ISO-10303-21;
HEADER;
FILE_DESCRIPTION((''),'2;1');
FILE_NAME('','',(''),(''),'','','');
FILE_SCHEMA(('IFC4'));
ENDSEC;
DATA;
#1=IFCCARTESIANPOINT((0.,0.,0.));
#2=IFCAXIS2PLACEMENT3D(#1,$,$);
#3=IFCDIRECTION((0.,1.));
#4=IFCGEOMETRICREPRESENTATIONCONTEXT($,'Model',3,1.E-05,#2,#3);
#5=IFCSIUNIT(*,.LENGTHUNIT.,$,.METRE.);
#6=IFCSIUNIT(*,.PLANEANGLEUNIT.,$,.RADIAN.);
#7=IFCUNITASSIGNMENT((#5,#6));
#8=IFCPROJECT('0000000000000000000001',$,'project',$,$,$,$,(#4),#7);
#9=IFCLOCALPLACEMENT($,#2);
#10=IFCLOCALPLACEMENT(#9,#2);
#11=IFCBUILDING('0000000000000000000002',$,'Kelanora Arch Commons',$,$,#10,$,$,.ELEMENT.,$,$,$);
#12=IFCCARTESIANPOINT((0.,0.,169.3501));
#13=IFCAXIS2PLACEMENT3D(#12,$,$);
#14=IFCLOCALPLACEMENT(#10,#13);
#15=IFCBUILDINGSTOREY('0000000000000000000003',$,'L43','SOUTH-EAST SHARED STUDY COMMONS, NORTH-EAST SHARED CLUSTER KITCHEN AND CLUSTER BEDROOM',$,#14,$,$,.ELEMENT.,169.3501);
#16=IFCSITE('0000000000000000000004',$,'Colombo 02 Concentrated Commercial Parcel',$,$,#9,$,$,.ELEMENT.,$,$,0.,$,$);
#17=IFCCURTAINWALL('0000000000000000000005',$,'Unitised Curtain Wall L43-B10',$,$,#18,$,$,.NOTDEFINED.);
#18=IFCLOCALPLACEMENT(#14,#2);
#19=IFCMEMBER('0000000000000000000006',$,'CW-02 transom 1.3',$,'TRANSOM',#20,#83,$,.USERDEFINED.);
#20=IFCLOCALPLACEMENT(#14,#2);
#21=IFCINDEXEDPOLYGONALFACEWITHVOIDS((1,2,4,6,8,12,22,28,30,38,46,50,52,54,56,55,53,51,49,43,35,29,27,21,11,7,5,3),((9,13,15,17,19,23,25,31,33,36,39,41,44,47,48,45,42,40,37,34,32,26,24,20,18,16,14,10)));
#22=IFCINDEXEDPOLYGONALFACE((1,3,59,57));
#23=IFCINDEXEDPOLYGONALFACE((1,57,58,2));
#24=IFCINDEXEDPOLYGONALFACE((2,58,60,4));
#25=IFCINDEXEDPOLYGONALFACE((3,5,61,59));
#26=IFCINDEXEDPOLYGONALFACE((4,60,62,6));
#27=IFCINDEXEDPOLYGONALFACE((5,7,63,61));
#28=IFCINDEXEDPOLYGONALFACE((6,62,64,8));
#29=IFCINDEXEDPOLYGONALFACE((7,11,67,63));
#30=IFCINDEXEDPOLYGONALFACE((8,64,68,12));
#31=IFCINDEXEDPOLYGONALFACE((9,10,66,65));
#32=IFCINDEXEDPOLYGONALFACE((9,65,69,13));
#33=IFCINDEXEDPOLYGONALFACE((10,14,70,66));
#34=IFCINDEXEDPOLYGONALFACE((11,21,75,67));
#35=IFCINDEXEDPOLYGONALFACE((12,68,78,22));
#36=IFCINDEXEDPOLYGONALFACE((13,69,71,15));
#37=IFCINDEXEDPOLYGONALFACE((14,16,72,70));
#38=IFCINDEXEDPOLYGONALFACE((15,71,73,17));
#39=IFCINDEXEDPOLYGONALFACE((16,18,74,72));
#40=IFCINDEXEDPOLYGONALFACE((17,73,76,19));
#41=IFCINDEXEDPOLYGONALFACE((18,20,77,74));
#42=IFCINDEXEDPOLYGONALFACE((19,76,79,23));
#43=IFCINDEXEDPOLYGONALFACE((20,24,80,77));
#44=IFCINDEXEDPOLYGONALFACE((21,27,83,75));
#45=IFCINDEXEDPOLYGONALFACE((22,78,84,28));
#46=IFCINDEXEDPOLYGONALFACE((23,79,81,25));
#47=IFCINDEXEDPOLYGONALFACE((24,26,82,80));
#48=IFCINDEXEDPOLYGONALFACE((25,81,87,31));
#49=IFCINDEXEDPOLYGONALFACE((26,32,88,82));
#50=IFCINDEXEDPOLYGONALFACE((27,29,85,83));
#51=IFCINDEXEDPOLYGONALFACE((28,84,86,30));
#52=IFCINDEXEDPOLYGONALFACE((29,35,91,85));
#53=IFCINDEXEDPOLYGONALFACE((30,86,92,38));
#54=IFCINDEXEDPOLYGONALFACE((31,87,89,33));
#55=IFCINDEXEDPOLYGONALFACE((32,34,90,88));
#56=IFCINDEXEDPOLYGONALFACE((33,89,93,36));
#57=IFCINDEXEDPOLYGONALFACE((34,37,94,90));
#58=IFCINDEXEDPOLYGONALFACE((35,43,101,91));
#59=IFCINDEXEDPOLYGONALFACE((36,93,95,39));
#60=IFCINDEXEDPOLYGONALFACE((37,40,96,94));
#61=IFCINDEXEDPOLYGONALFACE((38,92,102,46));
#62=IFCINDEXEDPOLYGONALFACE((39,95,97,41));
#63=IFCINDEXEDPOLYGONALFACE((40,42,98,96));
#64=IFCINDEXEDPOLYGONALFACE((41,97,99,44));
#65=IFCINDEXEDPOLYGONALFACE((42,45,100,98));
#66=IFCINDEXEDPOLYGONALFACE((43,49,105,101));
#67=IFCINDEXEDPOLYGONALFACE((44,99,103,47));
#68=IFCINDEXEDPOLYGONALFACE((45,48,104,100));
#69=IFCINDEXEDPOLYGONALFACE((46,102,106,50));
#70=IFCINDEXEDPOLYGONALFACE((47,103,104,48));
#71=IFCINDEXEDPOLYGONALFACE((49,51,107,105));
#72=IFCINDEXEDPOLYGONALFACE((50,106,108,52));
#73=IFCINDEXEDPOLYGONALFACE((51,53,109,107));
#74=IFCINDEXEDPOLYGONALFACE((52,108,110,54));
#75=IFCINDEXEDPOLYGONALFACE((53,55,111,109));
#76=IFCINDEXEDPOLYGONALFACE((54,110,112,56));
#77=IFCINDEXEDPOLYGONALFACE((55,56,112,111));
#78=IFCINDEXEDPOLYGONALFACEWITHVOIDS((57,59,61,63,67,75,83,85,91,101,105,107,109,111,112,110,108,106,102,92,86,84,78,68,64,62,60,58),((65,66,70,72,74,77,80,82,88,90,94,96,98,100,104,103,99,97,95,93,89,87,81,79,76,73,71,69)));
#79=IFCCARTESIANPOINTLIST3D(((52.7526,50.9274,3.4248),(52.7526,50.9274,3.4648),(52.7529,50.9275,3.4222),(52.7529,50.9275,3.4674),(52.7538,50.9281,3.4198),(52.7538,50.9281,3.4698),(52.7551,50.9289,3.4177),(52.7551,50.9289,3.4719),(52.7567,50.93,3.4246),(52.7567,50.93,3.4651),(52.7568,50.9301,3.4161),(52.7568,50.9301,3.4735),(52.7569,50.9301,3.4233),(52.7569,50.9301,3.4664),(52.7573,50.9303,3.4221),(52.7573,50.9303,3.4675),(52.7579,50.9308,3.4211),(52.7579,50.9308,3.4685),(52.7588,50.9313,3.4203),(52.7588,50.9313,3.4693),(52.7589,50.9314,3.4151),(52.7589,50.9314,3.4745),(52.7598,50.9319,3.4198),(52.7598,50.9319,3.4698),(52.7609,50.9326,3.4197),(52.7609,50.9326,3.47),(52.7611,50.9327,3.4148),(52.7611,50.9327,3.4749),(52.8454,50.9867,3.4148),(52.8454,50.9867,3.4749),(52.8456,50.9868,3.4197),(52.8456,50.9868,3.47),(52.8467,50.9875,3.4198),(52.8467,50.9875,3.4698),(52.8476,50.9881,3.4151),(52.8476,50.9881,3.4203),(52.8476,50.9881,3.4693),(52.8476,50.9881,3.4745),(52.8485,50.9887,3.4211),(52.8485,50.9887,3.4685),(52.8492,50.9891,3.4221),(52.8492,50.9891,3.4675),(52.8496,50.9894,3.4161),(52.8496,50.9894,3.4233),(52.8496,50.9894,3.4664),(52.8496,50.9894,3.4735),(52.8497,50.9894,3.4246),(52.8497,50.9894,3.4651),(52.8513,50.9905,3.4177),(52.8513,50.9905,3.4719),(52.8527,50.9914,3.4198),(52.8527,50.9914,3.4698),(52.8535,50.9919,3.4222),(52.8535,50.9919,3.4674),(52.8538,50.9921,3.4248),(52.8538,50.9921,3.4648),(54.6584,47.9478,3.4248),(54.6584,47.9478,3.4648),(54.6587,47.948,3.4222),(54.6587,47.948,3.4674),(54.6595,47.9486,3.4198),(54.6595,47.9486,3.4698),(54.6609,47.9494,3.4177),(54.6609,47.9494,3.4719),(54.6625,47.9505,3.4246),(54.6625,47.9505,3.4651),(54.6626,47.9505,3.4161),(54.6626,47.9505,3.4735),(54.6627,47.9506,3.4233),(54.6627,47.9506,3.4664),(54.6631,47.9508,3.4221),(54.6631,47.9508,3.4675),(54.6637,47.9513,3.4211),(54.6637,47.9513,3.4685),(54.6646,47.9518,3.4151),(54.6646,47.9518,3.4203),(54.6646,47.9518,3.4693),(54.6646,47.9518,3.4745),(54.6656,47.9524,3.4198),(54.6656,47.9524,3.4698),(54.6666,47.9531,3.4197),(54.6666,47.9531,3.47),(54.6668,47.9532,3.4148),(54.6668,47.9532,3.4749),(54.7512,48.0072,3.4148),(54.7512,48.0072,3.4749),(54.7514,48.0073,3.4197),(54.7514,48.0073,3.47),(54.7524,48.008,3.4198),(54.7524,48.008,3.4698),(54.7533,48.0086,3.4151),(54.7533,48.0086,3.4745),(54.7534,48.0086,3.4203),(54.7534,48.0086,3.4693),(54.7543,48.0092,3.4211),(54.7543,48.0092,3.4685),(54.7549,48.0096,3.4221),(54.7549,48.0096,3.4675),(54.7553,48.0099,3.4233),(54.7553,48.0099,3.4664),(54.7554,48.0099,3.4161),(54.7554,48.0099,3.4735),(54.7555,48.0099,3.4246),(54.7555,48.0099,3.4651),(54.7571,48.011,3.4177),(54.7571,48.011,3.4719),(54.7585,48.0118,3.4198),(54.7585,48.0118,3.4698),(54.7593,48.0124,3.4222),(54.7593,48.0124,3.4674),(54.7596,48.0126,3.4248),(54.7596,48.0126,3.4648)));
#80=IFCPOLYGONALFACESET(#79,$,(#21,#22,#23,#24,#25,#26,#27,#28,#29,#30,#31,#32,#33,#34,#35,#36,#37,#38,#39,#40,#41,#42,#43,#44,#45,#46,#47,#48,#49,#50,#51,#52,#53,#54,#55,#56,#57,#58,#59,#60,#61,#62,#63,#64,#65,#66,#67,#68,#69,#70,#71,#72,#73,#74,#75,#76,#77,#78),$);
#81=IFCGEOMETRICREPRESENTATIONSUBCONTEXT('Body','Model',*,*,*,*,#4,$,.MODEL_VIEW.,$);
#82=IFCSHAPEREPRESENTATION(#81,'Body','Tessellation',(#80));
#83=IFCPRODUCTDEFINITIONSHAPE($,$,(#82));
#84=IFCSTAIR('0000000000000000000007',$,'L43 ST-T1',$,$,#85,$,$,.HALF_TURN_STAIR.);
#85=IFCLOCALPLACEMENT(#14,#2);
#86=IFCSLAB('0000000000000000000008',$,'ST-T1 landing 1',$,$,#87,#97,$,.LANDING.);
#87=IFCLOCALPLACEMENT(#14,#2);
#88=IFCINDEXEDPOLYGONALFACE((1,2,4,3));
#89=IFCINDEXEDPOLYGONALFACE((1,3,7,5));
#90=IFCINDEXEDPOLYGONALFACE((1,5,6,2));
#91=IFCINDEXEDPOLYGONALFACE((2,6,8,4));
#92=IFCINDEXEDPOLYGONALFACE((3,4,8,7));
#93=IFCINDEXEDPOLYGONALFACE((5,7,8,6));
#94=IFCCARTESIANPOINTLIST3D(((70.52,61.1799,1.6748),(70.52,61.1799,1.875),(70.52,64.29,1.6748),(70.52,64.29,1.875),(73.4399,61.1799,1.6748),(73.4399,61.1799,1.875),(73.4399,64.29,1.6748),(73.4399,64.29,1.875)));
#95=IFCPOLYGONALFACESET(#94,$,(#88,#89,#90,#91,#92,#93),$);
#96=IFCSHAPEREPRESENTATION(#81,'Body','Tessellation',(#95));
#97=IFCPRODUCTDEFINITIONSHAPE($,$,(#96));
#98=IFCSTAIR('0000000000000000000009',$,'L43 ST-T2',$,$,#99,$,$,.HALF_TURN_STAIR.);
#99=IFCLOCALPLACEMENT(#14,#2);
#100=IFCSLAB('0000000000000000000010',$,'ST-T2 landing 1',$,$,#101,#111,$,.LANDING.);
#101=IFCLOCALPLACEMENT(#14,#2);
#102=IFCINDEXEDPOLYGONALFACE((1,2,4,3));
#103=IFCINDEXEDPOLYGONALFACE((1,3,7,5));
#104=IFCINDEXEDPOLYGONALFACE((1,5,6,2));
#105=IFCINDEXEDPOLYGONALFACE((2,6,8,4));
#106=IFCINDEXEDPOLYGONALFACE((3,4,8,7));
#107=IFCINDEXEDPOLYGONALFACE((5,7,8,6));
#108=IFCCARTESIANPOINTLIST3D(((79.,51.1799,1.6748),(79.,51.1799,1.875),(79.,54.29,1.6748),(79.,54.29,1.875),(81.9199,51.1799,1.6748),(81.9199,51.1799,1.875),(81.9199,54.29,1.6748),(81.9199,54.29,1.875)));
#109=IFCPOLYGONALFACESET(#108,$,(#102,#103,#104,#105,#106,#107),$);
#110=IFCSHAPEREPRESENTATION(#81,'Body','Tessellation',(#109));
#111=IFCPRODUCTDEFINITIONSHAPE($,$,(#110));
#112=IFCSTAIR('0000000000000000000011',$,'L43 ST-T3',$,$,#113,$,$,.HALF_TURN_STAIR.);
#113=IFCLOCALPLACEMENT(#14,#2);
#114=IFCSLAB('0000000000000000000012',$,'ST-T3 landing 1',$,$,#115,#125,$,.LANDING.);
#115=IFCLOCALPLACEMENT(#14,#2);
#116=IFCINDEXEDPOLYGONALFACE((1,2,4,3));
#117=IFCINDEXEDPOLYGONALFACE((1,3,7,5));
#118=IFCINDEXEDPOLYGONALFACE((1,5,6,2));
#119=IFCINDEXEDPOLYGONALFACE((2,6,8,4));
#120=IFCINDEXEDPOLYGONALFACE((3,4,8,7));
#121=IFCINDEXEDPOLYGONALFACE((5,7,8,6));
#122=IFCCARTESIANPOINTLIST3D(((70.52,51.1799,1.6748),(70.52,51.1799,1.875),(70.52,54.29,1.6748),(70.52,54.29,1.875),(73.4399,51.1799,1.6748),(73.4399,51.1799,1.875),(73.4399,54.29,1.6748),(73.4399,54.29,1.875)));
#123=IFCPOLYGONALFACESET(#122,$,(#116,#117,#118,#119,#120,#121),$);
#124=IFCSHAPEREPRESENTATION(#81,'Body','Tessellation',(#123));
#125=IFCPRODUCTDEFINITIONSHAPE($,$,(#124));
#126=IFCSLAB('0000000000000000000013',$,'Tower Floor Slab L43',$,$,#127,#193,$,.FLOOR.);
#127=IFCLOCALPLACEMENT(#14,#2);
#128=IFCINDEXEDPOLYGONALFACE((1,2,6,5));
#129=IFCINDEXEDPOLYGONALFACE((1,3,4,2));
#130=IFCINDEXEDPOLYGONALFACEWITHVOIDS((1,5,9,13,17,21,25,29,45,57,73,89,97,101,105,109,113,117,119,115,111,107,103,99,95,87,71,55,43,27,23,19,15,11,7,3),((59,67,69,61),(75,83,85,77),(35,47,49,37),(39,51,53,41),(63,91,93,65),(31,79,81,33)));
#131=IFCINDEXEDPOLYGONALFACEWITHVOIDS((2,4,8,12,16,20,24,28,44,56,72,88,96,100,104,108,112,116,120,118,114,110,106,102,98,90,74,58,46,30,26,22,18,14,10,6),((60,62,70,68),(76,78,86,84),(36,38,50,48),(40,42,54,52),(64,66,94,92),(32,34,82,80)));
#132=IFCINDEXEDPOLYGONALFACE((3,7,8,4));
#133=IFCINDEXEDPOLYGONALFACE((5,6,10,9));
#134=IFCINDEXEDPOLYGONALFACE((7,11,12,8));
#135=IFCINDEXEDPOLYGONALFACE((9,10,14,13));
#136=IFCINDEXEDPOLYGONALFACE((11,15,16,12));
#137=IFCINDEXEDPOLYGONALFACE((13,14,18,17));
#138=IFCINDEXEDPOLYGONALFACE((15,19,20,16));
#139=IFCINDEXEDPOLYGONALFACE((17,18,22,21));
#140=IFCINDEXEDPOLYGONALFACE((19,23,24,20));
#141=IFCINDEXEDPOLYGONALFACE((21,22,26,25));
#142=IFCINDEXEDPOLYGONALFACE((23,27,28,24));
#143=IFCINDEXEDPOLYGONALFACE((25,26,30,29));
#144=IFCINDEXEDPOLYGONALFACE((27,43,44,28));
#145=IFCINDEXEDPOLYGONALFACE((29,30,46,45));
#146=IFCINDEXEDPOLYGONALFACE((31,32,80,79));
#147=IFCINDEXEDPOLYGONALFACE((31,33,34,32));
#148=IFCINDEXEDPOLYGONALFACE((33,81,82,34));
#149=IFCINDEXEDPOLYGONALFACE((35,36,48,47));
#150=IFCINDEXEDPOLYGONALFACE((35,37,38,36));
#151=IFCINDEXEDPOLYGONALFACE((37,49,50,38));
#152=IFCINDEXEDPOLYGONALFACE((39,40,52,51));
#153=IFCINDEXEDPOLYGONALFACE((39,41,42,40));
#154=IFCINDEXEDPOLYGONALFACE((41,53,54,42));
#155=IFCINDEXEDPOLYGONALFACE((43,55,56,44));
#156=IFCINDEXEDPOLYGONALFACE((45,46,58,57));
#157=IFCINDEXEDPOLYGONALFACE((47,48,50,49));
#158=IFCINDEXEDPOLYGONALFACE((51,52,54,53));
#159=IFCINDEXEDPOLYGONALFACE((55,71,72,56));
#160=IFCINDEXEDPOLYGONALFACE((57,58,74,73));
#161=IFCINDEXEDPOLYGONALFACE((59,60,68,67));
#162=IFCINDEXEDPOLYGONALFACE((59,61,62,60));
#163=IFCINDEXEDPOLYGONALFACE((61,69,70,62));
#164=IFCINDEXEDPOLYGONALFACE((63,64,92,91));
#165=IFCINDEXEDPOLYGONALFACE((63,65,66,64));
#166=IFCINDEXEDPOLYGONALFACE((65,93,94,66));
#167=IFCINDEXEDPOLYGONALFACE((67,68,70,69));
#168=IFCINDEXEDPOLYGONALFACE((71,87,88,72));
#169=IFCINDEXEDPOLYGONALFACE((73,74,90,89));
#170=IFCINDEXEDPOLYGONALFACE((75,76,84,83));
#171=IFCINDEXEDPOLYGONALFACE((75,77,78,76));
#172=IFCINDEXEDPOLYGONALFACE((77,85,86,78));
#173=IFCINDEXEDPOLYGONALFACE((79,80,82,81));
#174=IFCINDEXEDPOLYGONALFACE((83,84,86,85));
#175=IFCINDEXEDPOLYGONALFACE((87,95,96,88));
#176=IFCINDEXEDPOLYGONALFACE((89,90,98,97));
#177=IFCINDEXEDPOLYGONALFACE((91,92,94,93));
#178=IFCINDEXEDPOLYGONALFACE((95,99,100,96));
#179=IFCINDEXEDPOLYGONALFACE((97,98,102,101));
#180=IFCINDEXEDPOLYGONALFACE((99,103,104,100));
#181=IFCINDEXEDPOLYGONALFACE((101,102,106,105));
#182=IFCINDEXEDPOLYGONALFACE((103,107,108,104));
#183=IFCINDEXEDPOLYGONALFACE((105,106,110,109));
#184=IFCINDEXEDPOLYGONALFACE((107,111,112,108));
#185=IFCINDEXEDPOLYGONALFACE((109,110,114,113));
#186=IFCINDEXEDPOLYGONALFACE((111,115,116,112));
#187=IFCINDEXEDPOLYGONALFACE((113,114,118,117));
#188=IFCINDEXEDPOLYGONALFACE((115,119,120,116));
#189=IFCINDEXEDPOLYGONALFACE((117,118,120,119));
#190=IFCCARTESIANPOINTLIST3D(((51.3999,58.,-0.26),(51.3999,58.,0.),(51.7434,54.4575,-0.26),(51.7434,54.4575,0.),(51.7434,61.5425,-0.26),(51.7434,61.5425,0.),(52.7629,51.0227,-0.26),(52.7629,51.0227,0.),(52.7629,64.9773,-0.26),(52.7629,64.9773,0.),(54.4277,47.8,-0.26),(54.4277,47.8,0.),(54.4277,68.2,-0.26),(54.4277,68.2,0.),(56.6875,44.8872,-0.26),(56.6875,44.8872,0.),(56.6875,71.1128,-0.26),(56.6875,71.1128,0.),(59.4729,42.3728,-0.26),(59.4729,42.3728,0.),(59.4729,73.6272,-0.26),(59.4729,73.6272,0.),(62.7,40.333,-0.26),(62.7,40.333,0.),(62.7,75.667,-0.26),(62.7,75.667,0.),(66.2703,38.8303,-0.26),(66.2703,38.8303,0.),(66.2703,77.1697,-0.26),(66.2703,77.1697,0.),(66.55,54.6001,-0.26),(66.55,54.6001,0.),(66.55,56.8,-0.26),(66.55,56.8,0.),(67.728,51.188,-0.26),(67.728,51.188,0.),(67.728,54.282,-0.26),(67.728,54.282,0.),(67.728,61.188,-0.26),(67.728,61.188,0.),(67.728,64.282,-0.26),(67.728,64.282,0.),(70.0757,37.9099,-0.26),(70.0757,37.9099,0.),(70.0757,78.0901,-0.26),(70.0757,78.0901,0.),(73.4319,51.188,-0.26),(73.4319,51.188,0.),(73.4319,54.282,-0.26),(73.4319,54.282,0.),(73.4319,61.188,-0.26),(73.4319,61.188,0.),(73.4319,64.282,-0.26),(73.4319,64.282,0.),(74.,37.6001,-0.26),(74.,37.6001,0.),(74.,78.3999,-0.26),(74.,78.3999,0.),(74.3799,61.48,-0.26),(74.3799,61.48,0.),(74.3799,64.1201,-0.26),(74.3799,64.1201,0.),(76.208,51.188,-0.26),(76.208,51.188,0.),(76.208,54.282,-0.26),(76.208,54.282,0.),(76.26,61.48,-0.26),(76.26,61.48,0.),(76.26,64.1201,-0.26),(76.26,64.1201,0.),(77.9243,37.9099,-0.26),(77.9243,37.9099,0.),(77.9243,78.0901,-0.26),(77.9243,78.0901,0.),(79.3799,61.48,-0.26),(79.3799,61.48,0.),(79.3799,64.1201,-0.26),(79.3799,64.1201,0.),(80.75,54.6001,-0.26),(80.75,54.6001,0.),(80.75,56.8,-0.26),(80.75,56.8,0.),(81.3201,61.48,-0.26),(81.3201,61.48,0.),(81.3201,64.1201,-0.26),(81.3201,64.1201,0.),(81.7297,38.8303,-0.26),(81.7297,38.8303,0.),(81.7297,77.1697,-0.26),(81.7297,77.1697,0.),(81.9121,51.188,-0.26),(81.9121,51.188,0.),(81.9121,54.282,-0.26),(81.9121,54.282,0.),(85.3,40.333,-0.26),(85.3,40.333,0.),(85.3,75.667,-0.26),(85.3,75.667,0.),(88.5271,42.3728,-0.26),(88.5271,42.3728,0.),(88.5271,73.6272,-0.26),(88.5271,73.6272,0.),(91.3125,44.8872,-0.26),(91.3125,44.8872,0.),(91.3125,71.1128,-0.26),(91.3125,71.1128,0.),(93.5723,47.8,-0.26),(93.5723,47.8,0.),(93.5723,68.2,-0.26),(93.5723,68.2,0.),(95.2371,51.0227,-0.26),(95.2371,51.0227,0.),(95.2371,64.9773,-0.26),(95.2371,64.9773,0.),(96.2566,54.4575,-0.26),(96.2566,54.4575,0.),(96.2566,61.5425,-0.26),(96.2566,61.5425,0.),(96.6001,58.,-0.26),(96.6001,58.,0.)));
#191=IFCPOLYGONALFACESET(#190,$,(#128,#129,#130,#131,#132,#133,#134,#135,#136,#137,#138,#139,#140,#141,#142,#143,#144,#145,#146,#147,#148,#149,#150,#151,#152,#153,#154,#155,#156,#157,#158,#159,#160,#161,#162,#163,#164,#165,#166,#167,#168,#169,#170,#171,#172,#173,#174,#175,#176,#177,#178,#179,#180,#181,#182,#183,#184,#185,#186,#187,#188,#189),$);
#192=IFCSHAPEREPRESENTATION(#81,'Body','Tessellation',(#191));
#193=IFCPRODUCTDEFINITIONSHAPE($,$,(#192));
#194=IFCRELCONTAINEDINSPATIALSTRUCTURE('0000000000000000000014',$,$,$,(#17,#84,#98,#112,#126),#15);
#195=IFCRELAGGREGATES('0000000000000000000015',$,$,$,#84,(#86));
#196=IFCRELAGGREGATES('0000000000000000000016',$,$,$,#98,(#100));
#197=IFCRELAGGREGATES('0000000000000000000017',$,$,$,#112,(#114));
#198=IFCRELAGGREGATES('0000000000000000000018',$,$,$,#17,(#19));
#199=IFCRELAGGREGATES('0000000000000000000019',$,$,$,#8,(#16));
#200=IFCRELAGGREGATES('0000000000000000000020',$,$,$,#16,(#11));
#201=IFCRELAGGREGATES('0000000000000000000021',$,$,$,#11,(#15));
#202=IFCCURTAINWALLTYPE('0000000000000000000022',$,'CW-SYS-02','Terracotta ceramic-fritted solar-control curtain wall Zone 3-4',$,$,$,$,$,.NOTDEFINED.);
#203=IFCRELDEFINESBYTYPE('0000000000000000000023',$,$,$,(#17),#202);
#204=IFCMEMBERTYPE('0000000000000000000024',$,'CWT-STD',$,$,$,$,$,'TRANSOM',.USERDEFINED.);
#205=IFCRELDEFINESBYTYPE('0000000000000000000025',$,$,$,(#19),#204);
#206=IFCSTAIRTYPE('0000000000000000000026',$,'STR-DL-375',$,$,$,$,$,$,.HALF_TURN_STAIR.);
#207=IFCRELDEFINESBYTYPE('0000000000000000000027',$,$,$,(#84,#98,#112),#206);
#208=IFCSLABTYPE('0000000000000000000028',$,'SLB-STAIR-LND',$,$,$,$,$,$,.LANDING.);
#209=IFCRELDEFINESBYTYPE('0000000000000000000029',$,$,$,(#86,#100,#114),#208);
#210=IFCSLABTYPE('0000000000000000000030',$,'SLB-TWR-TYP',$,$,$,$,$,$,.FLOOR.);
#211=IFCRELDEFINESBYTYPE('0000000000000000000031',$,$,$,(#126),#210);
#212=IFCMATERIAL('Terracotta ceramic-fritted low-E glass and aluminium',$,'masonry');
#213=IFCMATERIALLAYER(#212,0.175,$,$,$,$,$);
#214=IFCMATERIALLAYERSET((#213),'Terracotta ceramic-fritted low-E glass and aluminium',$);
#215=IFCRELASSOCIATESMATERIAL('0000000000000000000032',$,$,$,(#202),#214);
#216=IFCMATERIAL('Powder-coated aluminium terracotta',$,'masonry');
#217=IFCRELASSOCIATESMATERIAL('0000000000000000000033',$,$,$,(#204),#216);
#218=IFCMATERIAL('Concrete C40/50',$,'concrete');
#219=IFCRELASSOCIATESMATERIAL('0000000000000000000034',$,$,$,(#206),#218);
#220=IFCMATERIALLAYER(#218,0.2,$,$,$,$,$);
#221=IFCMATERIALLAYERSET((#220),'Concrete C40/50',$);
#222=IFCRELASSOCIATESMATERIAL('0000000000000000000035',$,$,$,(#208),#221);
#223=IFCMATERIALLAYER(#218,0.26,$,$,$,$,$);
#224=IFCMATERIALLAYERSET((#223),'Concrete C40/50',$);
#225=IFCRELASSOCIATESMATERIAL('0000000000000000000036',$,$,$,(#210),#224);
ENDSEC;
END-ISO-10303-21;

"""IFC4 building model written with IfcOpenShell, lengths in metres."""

from ifc_helpers import new_model, si_unit, direction, frame, origin, origin_2d, place, context, subcontext, project, spatial, polyline, hollow_rectangle, outline, extrude, material, layer, layer_set, material_profile, profile_set, type_object, element, aggregate, save


model = new_model("IFC4")

# Units and contexts
model_context = context("Model", 3, precision=1e-05, world=origin(), true_north=direction((0.0, 1.0)))
body_context = subcontext(model_context, "Body", "Model", "MODEL_VIEW")
ifc_project = project(units=[si_unit("LENGTHUNIT", "METRE"), si_unit("PLANEANGLEUNIT", "RADIAN")], contexts=[model_context])

# Site, building, storey
site_placement = place(None, origin())
site = spatial("IfcSite", under=ifc_project, at=site_placement, Name="Colombo 02 Concentrated Commercial Parcel", CompositionType="ELEMENT", RefElevation=0.0)
building_placement = place(site_placement, origin())
building = spatial("IfcBuilding", under=site, at=building_placement, Name="Kelanora Arch Commons", CompositionType="ELEMENT")
storey_placement = place(building_placement, frame((0.0, 0.0, 169.3501)))
storey = spatial("IfcBuildingStorey", under=building, at=storey_placement, Name="L43", Description="SOUTH-EAST SHARED STUDY COMMONS, NORTH-EAST SHARED CLUSTER KITCHEN AND CLUSTER BEDROOM", CompositionType="ELEMENT", Elevation=169.3501)

# Shared definitions
ifc_material_1 = material(Name="Terracotta ceramic-fritted low-E glass and aluminium", Category="masonry")
ifc_layer_1 = layer(ifc_material_1, 0.175)
ifc_layer_set_1 = layer_set([ifc_layer_1], Name="Terracotta ceramic-fritted low-E glass and aluminium")
curtain_wall_type = type_object("IfcCurtainWallType", Name="CW-SYS-02", Description="Terracotta ceramic-fritted solar-control curtain wall Zone 3-4", PredefinedType="NOTDEFINED", material=ifc_layer_set_1)
ifc_material_2 = material(Name="Powder-coated aluminium terracotta", Category="masonry")

# Curtain wall, member
curtain_wall_1_placement = place(storey_placement, origin())
curtain_wall_1 = element("IfcCurtainWall", 1, at=curtain_wall_1_placement, inside=storey, type_object=curtain_wall_type, Name="Unitised Curtain Wall L43-B10", PredefinedType="NOTDEFINED")
ifc_material_profile_1 = material_profile(ifc_material_2, hollow_rectangle(XDim=0.1201, YDim=0.0601, WallThickness=0.0049, InnerFilletRadius=0.0049, OuterFilletRadius=0.01, at=origin_2d()), Name="CWT120x60")
ifc_profile_set_1 = profile_set([ifc_material_profile_1], Name="Powder-coated aluminium terracotta")
member_type_1 = type_object("IfcMemberType", Name="CWT-STD", ElementType="TRANSOM", PredefinedType="USERDEFINED", material=ifc_profile_set_1)
member_1_placement = place(storey_placement, frame((52.8032, 50.9597, 3.4448), z_axis=(0.53883, -0.842414, 0.0), x_axis=(0.842414, 0.53883, 0.0)))
member_1 = element("IfcMember", 2, at=member_1_placement, type_object=member_type_1, Name="CW-02 transom 1.3", ObjectType="TRANSOM", PredefinedType="USERDEFINED", context=body_context, shape_type="SweptSolid", body=[
    extrude(hollow_rectangle(XDim=0.1201, YDim=0.0601, WallThickness=0.0049, InnerFilletRadius=0.0049, OuterFilletRadius=0.01, at=origin_2d()), origin(), (0.0, 0.0, 1.0), 3.5369),
])

# Stairs, slabs
ifc_material_3 = material(Name="Concrete C40/50", Category="concrete")
stair_type = type_object("IfcStairType", Name="STR-DL-375", PredefinedType="HALF_TURN_STAIR", material=ifc_material_3)
stair_1_placement = place(storey_placement, origin())
stair_1 = element("IfcStair", 3, at=stair_1_placement, inside=storey, type_object=stair_type, Name="L43 ST-T1", PredefinedType="HALF_TURN_STAIR")
ifc_layer_2 = layer(ifc_material_3, 0.2)
ifc_layer_set_2 = layer_set([ifc_layer_2], Name="Concrete C40/50")
slab_type_1 = type_object("IfcSlabType", Name="SLB-STAIR-LND", PredefinedType="LANDING", material=ifc_layer_set_2)
slab_1_placement = place(storey_placement, frame((0.0, 0.0, 1.6748)))
slab_1 = element("IfcSlab", 4, at=slab_1_placement, type_object=slab_type_1, Name="ST-T1 landing 1", PredefinedType="LANDING", context=body_context, shape_type="SweptSolid", body=[
    extrude(outline(polyline([(70.52, 61.1799), (73.4399, 61.1799), (73.4399, 64.29), (70.52, 64.29), (70.52, 61.1799)])), origin(), (0.0, 0.0, 1.0), 0.2002),
])
aggregate(stair_1, [slab_1])
stair_2_placement = place(storey_placement, origin())
stair_2 = element("IfcStair", 5, at=stair_2_placement, inside=storey, type_object=stair_type, Name="L43 ST-T2", PredefinedType="HALF_TURN_STAIR")
slab_2_placement = place(storey_placement, frame((0.0, 0.0, 1.6748)))
slab_2 = element("IfcSlab", 6, at=slab_2_placement, type_object=slab_type_1, Name="ST-T2 landing 1", PredefinedType="LANDING", context=body_context, shape_type="SweptSolid", body=[
    extrude(outline(polyline([(79.0, 51.1799), (81.9199, 51.1799), (81.9199, 54.29), (79.0, 54.29), (79.0, 51.1799)])), origin(), (0.0, 0.0, 1.0), 0.2002),
])
aggregate(stair_2, [slab_2])
stair_3_placement = place(storey_placement, origin())
stair_3 = element("IfcStair", 7, at=stair_3_placement, inside=storey, type_object=stair_type, Name="L43 ST-T3", PredefinedType="HALF_TURN_STAIR")
slab_3_placement = place(storey_placement, frame((0.0, 0.0, 1.6748)))
slab_3 = element("IfcSlab", 8, at=slab_3_placement, type_object=slab_type_1, Name="ST-T3 landing 1", PredefinedType="LANDING", context=body_context, shape_type="SweptSolid", body=[
    extrude(outline(polyline([(70.52, 51.1799), (73.4399, 51.1799), (73.4399, 54.29), (70.52, 54.29), (70.52, 51.1799)])), origin(), (0.0, 0.0, 1.0), 0.2002),
])
aggregate(stair_3, [slab_3])

# Slab
ifc_layer_3 = layer(ifc_material_3, 0.26)
ifc_layer_set_3 = layer_set([ifc_layer_3], Name="Concrete C40/50")
slab_type_2 = type_object("IfcSlabType", Name="SLB-TWR-TYP", PredefinedType="FLOOR", material=ifc_layer_set_3)
slab_4_placement = place(storey_placement, frame((0.0, 0.0, -0.26)))
element("IfcSlab", 9, at=slab_4_placement, inside=storey, type_object=slab_type_2, Name="Tower Floor Slab L43", PredefinedType="FLOOR", context=body_context, shape_type="SweptSolid", body=[
    extrude(outline(polyline([(96.6001, 58.0), (96.2566, 61.5425), (95.2371, 64.9773), (93.5723, 68.2), (91.3125, 71.1128), (88.5271, 73.6272), (85.3, 75.667), (81.7297, 77.1697), (77.9243, 78.0901), (74.0, 78.3999), (70.0757, 78.0901), (66.2703, 77.1697), (62.7, 75.667), (59.4729, 73.6272), (56.6875, 71.1128), (54.4277, 68.2), (52.7629, 64.9773), (51.7434, 61.5425), (51.3999, 58.0), (51.7434, 54.4575), (52.7629, 51.0227), (54.4277, 47.8), (56.6875, 44.8872), (59.4729, 42.3728), (62.7, 40.333), (66.2703, 38.8303), (70.0757, 37.9099), (74.0, 37.6001), (77.9243, 37.9099), (81.7297, 38.8303), (85.3, 40.333), (88.5271, 42.3728), (91.3125, 44.8872), (93.5723, 47.8), (95.2371, 51.0227), (96.2566, 54.4575), (96.6001, 58.0)]), holes=[polyline([(73.4319, 51.188), (67.728, 51.188), (67.728, 54.282), (73.4319, 54.282), (73.4319, 51.188)]), polyline([(76.208, 51.188), (76.208, 54.282), (81.9121, 54.282), (81.9121, 51.188), (76.208, 51.188)]), polyline([(66.55, 54.6001), (66.55, 56.8), (80.75, 56.8), (80.75, 54.6001), (66.55, 54.6001)]), polyline([(73.4319, 61.188), (67.728, 61.188), (67.728, 64.282), (73.4319, 64.282), (73.4319, 61.188)]), polyline([(74.3799, 61.48), (74.3799, 64.1201), (76.26, 64.1201), (76.26, 61.48), (74.3799, 61.48)]), polyline([(79.3799, 61.48), (79.3799, 64.1201), (81.3201, 64.1201), (81.3201, 61.48), (79.3799, 61.48)])]), origin(), (0.0, 0.0, 1.0), 0.26),
])

aggregate(curtain_wall_1, [member_1])

save(model, "model.ifc")
